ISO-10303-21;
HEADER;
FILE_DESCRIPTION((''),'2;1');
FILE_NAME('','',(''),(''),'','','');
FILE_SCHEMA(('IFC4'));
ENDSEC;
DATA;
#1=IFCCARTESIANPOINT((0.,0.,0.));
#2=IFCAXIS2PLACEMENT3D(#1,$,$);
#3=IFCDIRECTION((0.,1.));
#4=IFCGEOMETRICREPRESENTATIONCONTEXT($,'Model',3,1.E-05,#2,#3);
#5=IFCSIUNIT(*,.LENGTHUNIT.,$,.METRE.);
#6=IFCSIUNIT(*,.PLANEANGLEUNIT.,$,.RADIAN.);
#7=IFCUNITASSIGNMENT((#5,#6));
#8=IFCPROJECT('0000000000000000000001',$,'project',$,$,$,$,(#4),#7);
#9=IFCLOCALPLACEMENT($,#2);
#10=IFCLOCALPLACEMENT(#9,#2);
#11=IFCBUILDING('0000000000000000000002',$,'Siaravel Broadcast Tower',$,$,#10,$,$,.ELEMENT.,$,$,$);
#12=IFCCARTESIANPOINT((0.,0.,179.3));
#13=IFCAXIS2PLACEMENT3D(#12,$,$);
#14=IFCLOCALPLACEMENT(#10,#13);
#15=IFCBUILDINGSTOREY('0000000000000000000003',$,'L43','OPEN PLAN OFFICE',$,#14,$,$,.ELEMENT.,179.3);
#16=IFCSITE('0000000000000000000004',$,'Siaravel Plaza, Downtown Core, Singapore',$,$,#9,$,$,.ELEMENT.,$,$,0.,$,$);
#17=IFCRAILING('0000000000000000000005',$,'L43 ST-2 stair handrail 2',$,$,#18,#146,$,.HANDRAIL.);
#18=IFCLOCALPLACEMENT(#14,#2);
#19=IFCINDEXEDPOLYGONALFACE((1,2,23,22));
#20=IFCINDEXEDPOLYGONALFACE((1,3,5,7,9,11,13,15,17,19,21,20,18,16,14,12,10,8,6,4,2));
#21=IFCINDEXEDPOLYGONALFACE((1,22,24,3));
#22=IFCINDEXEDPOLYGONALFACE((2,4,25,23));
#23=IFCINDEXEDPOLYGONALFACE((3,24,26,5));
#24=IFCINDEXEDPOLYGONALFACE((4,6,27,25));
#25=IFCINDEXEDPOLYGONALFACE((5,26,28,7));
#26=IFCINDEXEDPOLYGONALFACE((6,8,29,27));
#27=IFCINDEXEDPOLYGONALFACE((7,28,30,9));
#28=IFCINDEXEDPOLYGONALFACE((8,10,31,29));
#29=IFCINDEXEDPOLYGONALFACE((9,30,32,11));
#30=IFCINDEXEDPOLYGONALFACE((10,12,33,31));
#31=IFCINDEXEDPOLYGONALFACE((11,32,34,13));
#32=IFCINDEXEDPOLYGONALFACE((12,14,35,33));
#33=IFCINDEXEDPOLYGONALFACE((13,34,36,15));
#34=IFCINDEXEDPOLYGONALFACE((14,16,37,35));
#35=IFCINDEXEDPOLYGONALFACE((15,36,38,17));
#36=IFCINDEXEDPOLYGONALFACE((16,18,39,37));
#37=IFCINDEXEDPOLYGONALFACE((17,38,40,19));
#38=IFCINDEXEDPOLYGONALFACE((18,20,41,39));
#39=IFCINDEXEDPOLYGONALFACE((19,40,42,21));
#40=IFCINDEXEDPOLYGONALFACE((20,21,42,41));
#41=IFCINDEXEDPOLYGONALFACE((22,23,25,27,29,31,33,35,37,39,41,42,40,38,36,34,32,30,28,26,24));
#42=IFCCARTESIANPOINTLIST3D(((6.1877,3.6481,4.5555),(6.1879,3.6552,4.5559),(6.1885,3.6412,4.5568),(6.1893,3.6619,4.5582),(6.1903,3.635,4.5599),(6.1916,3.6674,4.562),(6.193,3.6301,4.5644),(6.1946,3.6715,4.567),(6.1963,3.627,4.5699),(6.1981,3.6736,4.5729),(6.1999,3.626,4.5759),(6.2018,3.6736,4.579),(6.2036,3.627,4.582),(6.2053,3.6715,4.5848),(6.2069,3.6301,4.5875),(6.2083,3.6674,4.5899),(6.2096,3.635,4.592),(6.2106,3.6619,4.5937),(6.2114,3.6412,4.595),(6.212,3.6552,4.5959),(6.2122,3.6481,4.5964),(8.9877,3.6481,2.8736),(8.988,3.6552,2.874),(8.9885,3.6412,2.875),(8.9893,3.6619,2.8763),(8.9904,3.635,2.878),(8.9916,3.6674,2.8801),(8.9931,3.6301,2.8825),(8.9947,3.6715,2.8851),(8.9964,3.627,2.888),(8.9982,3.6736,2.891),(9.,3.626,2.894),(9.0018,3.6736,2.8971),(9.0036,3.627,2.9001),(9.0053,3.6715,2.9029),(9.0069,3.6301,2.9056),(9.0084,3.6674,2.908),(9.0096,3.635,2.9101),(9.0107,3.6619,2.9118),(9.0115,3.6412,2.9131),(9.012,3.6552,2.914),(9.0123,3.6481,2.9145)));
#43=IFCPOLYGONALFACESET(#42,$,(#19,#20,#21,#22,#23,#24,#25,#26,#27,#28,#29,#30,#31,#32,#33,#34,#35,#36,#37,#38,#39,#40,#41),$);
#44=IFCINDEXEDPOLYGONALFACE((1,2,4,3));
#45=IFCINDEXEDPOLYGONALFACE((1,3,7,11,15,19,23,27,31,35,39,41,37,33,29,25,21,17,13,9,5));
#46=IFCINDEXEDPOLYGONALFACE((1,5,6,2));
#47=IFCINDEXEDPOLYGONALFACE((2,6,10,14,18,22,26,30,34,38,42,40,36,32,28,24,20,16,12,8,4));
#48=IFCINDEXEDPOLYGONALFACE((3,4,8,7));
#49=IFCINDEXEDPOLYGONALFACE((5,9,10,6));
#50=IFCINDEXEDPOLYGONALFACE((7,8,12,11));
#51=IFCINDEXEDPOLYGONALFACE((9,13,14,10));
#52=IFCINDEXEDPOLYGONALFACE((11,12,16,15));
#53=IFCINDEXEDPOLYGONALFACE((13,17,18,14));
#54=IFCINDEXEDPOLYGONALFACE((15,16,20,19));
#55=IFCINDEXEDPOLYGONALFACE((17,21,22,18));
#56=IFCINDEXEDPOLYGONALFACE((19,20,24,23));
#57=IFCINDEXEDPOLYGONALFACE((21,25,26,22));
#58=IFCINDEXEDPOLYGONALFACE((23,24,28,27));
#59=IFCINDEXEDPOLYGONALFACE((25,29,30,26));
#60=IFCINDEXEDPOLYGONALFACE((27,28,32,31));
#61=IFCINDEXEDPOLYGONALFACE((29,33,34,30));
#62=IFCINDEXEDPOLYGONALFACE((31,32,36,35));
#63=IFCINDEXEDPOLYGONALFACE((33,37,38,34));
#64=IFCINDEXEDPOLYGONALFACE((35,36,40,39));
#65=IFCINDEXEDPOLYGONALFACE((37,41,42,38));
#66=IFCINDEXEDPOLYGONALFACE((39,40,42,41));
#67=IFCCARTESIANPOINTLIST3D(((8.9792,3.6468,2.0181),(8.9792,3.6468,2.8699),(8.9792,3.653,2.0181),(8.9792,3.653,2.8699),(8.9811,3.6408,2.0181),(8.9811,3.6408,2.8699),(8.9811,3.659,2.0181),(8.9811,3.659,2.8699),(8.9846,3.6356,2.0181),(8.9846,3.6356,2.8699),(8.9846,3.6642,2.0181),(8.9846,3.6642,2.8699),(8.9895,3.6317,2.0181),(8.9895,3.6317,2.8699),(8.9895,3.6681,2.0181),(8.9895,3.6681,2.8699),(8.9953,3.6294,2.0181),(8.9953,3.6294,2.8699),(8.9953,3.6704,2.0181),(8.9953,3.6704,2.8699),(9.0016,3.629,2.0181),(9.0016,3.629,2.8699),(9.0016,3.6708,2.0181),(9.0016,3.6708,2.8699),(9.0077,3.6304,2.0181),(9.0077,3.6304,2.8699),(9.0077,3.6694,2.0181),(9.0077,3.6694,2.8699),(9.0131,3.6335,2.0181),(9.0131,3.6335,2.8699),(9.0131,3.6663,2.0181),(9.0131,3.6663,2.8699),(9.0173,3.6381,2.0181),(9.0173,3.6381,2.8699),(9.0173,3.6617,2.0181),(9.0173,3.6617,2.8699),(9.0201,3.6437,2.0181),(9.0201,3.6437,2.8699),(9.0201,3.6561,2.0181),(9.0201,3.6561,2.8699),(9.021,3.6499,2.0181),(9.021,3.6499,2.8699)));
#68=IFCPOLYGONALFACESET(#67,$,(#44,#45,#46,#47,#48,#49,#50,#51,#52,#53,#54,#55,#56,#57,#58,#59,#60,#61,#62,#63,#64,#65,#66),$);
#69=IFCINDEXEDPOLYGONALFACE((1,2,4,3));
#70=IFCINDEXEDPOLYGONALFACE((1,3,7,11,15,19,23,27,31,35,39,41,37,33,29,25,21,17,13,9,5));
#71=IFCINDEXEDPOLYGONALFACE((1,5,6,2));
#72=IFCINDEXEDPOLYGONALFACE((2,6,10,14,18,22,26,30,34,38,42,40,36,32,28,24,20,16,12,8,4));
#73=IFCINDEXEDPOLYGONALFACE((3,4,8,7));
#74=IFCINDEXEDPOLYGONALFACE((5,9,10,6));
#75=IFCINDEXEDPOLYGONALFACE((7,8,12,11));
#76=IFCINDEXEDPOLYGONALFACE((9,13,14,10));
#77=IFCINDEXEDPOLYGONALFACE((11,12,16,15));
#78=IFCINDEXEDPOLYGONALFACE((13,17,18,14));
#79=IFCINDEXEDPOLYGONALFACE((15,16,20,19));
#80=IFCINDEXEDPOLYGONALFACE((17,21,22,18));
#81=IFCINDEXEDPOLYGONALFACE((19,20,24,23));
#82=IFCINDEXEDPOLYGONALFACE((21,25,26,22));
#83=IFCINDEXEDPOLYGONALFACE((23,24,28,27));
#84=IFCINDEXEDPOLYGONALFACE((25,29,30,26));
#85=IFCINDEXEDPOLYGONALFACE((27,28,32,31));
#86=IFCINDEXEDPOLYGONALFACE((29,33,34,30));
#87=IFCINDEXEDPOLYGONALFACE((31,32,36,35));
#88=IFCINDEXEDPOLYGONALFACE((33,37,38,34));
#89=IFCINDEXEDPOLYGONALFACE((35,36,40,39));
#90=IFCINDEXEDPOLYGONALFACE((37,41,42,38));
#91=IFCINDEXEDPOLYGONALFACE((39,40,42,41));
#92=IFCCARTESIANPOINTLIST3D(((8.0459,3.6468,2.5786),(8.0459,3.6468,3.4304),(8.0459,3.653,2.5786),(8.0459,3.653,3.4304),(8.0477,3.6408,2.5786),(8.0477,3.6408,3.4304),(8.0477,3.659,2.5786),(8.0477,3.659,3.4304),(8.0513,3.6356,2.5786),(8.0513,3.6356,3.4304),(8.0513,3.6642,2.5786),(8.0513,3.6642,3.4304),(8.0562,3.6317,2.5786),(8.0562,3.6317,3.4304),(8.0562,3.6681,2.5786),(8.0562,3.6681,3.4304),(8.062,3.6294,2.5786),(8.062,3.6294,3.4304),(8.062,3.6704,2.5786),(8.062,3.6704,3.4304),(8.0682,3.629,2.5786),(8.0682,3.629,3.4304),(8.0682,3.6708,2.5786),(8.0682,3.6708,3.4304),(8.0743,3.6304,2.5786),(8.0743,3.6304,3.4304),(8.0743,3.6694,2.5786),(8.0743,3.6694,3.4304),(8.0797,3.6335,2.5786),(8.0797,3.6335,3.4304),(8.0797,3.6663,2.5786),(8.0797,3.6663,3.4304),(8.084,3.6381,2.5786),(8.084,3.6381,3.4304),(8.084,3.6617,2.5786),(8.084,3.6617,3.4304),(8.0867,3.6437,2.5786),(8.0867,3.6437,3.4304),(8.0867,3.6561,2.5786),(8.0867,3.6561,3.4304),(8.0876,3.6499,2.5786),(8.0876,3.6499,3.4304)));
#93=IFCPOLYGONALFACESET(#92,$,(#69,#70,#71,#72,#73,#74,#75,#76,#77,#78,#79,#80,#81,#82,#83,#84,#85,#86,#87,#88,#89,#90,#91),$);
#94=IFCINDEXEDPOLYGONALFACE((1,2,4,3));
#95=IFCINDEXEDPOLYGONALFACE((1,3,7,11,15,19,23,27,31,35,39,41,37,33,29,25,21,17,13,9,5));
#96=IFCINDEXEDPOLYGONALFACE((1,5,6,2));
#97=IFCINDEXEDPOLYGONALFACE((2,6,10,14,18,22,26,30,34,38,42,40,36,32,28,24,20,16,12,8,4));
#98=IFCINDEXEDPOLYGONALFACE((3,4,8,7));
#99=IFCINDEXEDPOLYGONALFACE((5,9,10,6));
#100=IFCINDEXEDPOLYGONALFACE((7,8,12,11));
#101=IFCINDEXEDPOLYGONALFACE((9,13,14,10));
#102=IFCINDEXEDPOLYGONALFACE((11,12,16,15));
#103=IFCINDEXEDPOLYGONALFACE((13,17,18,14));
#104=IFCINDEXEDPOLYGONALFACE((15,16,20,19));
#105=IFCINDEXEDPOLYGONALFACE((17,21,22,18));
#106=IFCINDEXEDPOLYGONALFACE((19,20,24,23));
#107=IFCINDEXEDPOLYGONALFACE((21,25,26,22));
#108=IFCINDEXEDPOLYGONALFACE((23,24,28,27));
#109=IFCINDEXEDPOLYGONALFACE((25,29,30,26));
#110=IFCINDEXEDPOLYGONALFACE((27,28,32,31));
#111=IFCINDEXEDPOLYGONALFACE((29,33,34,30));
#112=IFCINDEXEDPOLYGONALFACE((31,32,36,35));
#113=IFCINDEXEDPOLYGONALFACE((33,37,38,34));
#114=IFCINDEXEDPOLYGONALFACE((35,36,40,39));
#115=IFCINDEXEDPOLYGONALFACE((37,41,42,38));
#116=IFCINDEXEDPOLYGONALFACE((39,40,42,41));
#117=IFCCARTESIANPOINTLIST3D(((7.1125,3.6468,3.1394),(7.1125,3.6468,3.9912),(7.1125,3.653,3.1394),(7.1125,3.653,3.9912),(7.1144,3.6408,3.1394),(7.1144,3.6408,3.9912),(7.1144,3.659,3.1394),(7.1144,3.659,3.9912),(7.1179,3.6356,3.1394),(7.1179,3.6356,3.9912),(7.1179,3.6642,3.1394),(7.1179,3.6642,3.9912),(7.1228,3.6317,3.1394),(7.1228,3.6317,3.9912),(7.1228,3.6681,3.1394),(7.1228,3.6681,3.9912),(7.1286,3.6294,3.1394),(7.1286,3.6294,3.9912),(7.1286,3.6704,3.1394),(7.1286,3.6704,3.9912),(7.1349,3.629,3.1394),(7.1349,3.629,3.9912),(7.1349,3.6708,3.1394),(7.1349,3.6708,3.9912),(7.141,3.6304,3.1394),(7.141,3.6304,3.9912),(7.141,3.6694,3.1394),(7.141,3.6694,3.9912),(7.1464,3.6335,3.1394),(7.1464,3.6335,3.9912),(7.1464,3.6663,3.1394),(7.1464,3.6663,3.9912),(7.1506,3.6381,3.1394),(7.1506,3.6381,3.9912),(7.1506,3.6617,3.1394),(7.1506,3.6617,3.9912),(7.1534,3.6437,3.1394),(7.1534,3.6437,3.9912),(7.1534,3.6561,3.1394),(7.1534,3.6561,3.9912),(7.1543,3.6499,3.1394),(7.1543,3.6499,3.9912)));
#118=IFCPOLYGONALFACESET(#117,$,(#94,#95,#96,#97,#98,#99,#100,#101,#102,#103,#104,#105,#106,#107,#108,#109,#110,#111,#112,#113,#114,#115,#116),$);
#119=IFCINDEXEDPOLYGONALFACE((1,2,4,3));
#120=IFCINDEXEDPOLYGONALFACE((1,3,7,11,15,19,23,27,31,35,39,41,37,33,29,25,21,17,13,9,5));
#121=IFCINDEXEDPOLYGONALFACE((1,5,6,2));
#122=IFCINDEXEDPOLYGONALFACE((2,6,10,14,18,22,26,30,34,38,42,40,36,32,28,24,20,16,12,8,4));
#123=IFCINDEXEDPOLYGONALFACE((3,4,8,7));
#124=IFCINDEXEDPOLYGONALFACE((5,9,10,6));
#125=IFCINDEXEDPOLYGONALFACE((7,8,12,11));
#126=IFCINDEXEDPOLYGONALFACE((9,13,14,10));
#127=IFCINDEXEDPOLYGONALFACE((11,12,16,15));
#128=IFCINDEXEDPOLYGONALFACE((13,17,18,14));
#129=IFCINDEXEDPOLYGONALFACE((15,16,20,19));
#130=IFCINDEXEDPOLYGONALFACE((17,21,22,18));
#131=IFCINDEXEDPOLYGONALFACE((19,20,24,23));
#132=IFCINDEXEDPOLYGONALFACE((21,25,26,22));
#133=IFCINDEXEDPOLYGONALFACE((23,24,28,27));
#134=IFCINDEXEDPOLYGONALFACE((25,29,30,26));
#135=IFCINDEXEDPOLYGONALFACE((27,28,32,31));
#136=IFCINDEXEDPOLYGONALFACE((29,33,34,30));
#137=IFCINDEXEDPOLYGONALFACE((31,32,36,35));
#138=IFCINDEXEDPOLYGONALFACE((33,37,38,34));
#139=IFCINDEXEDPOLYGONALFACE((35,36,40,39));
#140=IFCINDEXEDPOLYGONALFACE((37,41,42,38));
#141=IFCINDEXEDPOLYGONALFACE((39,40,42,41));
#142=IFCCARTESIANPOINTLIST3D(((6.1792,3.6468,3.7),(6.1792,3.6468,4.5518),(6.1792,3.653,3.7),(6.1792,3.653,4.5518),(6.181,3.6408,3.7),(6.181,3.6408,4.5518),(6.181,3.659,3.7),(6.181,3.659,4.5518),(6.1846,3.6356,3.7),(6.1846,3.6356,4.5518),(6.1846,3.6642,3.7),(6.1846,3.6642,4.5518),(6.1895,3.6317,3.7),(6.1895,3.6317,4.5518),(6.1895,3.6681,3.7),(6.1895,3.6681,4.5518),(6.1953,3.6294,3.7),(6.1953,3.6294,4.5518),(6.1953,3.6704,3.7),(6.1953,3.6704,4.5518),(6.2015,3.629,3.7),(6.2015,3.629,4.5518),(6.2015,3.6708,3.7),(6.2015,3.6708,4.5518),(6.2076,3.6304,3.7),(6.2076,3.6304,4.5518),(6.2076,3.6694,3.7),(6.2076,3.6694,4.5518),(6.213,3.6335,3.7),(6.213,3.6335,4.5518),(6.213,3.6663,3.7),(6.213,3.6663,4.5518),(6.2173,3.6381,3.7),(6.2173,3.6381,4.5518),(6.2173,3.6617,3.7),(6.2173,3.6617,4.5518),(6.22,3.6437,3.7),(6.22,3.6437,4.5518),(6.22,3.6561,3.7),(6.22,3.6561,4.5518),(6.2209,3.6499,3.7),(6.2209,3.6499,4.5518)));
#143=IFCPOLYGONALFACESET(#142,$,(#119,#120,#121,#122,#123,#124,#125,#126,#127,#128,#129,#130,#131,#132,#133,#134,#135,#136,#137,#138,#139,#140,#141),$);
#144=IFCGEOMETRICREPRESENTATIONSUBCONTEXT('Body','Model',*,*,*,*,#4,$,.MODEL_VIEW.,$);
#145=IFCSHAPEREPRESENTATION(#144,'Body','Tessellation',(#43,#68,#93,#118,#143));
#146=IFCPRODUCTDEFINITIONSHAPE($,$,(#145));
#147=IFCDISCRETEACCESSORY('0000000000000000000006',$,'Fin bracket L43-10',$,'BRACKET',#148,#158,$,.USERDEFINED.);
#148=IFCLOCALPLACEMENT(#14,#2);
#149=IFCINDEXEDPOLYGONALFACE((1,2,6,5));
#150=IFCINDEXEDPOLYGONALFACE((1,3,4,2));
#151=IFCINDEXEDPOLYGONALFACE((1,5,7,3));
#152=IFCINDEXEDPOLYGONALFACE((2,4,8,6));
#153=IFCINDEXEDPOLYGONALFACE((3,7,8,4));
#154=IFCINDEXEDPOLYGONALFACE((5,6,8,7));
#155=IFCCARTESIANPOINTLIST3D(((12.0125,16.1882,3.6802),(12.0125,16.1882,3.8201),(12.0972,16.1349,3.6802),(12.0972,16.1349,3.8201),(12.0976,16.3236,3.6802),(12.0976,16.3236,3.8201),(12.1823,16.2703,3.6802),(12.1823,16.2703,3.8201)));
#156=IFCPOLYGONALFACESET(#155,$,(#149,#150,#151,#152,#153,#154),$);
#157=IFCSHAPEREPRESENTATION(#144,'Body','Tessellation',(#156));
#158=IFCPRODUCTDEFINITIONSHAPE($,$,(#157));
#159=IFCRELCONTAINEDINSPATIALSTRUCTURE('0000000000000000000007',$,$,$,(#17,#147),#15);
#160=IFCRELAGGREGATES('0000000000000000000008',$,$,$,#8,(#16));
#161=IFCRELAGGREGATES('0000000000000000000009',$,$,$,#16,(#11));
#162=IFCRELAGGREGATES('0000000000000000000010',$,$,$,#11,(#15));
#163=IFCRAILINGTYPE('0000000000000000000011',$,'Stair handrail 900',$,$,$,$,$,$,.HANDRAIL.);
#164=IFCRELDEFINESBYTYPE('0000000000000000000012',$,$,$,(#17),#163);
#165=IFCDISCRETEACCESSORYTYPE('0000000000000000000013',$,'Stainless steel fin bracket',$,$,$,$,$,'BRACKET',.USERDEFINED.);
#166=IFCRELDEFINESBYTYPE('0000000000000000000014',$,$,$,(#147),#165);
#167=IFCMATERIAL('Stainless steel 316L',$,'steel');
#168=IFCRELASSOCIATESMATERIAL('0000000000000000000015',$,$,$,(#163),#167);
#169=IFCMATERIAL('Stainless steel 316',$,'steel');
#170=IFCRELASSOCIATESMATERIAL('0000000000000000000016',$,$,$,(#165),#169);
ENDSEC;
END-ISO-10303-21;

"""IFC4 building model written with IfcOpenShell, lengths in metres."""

from ifc_helpers import new_model, si_unit, direction, frame, origin, origin_2d, place, context, subcontext, project, spatial, rectangle, circle, extrude, material, type_object, element, save


model = new_model("IFC4")

# Units and contexts
model_context = context("Model", 3, precision=1e-05, world=origin(), true_north=direction((0.0, 1.0)))
body_context = subcontext(model_context, "Body", "Model", "MODEL_VIEW")
ifc_project = project(units=[si_unit("LENGTHUNIT", "METRE"), si_unit("PLANEANGLEUNIT", "RADIAN")], contexts=[model_context])

# Site, building, storey
site_placement = place(None, origin())
site = spatial("IfcSite", under=ifc_project, at=site_placement, Name="Siaravel Plaza, Downtown Core, Singapore", CompositionType="ELEMENT", RefElevation=0.0)
building_placement = place(site_placement, origin())
building = spatial("IfcBuilding", under=site, at=building_placement, Name="Siaravel Broadcast Tower", CompositionType="ELEMENT")
storey_placement = place(building_placement, frame((0.0, 0.0, 179.3)))
storey = spatial("IfcBuildingStorey", under=building, at=storey_placement, Name="L43", Description="OPEN PLAN OFFICE", CompositionType="ELEMENT", Elevation=179.3)

# Railing
ifc_material_1 = material(Name="Stainless steel 316L", Category="steel")
railing_type_1 = type_object("IfcRailingType", Name="Stair handrail 900", PredefinedType="HANDRAIL", material=ifc_material_1)
railing_1_placement = place(storey_placement, frame((9.0, 3.6499, 2.0181)))
element("IfcRailing", 1, at=railing_1_placement, inside=storey, type_object=railing_type_1, Name="L43 ST-2 stair handrail 2", PredefinedType="HANDRAIL", context=body_context, shape_type="SweptSolid", body=[
    extrude(circle(Radius=0.0239, at=origin_2d()), frame((0.0, 0.0, 0.876), z_axis=(-0.857242, 0.0, 0.514913), x_axis=(0.0, -1.0, 0.0)), (0.0, 0.0, 1.0), 3.2664),
    extrude(circle(Radius=0.021, at=origin_2d()), origin(), (0.0, 0.0, 1.0), 0.8518),
    extrude(circle(Radius=0.021, at=origin_2d()), frame((-0.9333, 0.0, 0.5605)), (0.0, 0.0, 1.0), 0.8518),
    extrude(circle(Radius=0.021, at=origin_2d()), frame((-1.8667, 0.0, 1.1213)), (0.0, 0.0, 1.0), 0.8518),
    extrude(circle(Radius=0.021, at=origin_2d()), frame((-2.8, 0.0, 1.6819)), (0.0, 0.0, 1.0), 0.8518),
])

# Discrete accessory
ifc_material_2 = material(Name="Stainless steel 316", Category="steel")
discrete_accessory_type = type_object("IfcDiscreteAccessoryType", Name="Stainless steel fin bracket", ElementType="BRACKET", PredefinedType="USERDEFINED", material=ifc_material_2)
discrete_accessory_placement = place(storey_placement, frame((12.0974, 16.2292, 3.6802), z_axis=(0.0, 0.0, 1.0), x_axis=(0.532149, 0.84665, 0.0)))
element("IfcDiscreteAccessory", 2, at=discrete_accessory_placement, inside=storey, type_object=discrete_accessory_type, Name="Fin bracket L43-10", ObjectType="BRACKET", PredefinedType="USERDEFINED", context=body_context, shape_type="SweptSolid", body=[
    extrude(rectangle(XDim=0.1599, YDim=0.1001, at=origin_2d()), origin(), (0.0, 0.0, 1.0), 0.1399),
])

save(model, "model.ifc")
